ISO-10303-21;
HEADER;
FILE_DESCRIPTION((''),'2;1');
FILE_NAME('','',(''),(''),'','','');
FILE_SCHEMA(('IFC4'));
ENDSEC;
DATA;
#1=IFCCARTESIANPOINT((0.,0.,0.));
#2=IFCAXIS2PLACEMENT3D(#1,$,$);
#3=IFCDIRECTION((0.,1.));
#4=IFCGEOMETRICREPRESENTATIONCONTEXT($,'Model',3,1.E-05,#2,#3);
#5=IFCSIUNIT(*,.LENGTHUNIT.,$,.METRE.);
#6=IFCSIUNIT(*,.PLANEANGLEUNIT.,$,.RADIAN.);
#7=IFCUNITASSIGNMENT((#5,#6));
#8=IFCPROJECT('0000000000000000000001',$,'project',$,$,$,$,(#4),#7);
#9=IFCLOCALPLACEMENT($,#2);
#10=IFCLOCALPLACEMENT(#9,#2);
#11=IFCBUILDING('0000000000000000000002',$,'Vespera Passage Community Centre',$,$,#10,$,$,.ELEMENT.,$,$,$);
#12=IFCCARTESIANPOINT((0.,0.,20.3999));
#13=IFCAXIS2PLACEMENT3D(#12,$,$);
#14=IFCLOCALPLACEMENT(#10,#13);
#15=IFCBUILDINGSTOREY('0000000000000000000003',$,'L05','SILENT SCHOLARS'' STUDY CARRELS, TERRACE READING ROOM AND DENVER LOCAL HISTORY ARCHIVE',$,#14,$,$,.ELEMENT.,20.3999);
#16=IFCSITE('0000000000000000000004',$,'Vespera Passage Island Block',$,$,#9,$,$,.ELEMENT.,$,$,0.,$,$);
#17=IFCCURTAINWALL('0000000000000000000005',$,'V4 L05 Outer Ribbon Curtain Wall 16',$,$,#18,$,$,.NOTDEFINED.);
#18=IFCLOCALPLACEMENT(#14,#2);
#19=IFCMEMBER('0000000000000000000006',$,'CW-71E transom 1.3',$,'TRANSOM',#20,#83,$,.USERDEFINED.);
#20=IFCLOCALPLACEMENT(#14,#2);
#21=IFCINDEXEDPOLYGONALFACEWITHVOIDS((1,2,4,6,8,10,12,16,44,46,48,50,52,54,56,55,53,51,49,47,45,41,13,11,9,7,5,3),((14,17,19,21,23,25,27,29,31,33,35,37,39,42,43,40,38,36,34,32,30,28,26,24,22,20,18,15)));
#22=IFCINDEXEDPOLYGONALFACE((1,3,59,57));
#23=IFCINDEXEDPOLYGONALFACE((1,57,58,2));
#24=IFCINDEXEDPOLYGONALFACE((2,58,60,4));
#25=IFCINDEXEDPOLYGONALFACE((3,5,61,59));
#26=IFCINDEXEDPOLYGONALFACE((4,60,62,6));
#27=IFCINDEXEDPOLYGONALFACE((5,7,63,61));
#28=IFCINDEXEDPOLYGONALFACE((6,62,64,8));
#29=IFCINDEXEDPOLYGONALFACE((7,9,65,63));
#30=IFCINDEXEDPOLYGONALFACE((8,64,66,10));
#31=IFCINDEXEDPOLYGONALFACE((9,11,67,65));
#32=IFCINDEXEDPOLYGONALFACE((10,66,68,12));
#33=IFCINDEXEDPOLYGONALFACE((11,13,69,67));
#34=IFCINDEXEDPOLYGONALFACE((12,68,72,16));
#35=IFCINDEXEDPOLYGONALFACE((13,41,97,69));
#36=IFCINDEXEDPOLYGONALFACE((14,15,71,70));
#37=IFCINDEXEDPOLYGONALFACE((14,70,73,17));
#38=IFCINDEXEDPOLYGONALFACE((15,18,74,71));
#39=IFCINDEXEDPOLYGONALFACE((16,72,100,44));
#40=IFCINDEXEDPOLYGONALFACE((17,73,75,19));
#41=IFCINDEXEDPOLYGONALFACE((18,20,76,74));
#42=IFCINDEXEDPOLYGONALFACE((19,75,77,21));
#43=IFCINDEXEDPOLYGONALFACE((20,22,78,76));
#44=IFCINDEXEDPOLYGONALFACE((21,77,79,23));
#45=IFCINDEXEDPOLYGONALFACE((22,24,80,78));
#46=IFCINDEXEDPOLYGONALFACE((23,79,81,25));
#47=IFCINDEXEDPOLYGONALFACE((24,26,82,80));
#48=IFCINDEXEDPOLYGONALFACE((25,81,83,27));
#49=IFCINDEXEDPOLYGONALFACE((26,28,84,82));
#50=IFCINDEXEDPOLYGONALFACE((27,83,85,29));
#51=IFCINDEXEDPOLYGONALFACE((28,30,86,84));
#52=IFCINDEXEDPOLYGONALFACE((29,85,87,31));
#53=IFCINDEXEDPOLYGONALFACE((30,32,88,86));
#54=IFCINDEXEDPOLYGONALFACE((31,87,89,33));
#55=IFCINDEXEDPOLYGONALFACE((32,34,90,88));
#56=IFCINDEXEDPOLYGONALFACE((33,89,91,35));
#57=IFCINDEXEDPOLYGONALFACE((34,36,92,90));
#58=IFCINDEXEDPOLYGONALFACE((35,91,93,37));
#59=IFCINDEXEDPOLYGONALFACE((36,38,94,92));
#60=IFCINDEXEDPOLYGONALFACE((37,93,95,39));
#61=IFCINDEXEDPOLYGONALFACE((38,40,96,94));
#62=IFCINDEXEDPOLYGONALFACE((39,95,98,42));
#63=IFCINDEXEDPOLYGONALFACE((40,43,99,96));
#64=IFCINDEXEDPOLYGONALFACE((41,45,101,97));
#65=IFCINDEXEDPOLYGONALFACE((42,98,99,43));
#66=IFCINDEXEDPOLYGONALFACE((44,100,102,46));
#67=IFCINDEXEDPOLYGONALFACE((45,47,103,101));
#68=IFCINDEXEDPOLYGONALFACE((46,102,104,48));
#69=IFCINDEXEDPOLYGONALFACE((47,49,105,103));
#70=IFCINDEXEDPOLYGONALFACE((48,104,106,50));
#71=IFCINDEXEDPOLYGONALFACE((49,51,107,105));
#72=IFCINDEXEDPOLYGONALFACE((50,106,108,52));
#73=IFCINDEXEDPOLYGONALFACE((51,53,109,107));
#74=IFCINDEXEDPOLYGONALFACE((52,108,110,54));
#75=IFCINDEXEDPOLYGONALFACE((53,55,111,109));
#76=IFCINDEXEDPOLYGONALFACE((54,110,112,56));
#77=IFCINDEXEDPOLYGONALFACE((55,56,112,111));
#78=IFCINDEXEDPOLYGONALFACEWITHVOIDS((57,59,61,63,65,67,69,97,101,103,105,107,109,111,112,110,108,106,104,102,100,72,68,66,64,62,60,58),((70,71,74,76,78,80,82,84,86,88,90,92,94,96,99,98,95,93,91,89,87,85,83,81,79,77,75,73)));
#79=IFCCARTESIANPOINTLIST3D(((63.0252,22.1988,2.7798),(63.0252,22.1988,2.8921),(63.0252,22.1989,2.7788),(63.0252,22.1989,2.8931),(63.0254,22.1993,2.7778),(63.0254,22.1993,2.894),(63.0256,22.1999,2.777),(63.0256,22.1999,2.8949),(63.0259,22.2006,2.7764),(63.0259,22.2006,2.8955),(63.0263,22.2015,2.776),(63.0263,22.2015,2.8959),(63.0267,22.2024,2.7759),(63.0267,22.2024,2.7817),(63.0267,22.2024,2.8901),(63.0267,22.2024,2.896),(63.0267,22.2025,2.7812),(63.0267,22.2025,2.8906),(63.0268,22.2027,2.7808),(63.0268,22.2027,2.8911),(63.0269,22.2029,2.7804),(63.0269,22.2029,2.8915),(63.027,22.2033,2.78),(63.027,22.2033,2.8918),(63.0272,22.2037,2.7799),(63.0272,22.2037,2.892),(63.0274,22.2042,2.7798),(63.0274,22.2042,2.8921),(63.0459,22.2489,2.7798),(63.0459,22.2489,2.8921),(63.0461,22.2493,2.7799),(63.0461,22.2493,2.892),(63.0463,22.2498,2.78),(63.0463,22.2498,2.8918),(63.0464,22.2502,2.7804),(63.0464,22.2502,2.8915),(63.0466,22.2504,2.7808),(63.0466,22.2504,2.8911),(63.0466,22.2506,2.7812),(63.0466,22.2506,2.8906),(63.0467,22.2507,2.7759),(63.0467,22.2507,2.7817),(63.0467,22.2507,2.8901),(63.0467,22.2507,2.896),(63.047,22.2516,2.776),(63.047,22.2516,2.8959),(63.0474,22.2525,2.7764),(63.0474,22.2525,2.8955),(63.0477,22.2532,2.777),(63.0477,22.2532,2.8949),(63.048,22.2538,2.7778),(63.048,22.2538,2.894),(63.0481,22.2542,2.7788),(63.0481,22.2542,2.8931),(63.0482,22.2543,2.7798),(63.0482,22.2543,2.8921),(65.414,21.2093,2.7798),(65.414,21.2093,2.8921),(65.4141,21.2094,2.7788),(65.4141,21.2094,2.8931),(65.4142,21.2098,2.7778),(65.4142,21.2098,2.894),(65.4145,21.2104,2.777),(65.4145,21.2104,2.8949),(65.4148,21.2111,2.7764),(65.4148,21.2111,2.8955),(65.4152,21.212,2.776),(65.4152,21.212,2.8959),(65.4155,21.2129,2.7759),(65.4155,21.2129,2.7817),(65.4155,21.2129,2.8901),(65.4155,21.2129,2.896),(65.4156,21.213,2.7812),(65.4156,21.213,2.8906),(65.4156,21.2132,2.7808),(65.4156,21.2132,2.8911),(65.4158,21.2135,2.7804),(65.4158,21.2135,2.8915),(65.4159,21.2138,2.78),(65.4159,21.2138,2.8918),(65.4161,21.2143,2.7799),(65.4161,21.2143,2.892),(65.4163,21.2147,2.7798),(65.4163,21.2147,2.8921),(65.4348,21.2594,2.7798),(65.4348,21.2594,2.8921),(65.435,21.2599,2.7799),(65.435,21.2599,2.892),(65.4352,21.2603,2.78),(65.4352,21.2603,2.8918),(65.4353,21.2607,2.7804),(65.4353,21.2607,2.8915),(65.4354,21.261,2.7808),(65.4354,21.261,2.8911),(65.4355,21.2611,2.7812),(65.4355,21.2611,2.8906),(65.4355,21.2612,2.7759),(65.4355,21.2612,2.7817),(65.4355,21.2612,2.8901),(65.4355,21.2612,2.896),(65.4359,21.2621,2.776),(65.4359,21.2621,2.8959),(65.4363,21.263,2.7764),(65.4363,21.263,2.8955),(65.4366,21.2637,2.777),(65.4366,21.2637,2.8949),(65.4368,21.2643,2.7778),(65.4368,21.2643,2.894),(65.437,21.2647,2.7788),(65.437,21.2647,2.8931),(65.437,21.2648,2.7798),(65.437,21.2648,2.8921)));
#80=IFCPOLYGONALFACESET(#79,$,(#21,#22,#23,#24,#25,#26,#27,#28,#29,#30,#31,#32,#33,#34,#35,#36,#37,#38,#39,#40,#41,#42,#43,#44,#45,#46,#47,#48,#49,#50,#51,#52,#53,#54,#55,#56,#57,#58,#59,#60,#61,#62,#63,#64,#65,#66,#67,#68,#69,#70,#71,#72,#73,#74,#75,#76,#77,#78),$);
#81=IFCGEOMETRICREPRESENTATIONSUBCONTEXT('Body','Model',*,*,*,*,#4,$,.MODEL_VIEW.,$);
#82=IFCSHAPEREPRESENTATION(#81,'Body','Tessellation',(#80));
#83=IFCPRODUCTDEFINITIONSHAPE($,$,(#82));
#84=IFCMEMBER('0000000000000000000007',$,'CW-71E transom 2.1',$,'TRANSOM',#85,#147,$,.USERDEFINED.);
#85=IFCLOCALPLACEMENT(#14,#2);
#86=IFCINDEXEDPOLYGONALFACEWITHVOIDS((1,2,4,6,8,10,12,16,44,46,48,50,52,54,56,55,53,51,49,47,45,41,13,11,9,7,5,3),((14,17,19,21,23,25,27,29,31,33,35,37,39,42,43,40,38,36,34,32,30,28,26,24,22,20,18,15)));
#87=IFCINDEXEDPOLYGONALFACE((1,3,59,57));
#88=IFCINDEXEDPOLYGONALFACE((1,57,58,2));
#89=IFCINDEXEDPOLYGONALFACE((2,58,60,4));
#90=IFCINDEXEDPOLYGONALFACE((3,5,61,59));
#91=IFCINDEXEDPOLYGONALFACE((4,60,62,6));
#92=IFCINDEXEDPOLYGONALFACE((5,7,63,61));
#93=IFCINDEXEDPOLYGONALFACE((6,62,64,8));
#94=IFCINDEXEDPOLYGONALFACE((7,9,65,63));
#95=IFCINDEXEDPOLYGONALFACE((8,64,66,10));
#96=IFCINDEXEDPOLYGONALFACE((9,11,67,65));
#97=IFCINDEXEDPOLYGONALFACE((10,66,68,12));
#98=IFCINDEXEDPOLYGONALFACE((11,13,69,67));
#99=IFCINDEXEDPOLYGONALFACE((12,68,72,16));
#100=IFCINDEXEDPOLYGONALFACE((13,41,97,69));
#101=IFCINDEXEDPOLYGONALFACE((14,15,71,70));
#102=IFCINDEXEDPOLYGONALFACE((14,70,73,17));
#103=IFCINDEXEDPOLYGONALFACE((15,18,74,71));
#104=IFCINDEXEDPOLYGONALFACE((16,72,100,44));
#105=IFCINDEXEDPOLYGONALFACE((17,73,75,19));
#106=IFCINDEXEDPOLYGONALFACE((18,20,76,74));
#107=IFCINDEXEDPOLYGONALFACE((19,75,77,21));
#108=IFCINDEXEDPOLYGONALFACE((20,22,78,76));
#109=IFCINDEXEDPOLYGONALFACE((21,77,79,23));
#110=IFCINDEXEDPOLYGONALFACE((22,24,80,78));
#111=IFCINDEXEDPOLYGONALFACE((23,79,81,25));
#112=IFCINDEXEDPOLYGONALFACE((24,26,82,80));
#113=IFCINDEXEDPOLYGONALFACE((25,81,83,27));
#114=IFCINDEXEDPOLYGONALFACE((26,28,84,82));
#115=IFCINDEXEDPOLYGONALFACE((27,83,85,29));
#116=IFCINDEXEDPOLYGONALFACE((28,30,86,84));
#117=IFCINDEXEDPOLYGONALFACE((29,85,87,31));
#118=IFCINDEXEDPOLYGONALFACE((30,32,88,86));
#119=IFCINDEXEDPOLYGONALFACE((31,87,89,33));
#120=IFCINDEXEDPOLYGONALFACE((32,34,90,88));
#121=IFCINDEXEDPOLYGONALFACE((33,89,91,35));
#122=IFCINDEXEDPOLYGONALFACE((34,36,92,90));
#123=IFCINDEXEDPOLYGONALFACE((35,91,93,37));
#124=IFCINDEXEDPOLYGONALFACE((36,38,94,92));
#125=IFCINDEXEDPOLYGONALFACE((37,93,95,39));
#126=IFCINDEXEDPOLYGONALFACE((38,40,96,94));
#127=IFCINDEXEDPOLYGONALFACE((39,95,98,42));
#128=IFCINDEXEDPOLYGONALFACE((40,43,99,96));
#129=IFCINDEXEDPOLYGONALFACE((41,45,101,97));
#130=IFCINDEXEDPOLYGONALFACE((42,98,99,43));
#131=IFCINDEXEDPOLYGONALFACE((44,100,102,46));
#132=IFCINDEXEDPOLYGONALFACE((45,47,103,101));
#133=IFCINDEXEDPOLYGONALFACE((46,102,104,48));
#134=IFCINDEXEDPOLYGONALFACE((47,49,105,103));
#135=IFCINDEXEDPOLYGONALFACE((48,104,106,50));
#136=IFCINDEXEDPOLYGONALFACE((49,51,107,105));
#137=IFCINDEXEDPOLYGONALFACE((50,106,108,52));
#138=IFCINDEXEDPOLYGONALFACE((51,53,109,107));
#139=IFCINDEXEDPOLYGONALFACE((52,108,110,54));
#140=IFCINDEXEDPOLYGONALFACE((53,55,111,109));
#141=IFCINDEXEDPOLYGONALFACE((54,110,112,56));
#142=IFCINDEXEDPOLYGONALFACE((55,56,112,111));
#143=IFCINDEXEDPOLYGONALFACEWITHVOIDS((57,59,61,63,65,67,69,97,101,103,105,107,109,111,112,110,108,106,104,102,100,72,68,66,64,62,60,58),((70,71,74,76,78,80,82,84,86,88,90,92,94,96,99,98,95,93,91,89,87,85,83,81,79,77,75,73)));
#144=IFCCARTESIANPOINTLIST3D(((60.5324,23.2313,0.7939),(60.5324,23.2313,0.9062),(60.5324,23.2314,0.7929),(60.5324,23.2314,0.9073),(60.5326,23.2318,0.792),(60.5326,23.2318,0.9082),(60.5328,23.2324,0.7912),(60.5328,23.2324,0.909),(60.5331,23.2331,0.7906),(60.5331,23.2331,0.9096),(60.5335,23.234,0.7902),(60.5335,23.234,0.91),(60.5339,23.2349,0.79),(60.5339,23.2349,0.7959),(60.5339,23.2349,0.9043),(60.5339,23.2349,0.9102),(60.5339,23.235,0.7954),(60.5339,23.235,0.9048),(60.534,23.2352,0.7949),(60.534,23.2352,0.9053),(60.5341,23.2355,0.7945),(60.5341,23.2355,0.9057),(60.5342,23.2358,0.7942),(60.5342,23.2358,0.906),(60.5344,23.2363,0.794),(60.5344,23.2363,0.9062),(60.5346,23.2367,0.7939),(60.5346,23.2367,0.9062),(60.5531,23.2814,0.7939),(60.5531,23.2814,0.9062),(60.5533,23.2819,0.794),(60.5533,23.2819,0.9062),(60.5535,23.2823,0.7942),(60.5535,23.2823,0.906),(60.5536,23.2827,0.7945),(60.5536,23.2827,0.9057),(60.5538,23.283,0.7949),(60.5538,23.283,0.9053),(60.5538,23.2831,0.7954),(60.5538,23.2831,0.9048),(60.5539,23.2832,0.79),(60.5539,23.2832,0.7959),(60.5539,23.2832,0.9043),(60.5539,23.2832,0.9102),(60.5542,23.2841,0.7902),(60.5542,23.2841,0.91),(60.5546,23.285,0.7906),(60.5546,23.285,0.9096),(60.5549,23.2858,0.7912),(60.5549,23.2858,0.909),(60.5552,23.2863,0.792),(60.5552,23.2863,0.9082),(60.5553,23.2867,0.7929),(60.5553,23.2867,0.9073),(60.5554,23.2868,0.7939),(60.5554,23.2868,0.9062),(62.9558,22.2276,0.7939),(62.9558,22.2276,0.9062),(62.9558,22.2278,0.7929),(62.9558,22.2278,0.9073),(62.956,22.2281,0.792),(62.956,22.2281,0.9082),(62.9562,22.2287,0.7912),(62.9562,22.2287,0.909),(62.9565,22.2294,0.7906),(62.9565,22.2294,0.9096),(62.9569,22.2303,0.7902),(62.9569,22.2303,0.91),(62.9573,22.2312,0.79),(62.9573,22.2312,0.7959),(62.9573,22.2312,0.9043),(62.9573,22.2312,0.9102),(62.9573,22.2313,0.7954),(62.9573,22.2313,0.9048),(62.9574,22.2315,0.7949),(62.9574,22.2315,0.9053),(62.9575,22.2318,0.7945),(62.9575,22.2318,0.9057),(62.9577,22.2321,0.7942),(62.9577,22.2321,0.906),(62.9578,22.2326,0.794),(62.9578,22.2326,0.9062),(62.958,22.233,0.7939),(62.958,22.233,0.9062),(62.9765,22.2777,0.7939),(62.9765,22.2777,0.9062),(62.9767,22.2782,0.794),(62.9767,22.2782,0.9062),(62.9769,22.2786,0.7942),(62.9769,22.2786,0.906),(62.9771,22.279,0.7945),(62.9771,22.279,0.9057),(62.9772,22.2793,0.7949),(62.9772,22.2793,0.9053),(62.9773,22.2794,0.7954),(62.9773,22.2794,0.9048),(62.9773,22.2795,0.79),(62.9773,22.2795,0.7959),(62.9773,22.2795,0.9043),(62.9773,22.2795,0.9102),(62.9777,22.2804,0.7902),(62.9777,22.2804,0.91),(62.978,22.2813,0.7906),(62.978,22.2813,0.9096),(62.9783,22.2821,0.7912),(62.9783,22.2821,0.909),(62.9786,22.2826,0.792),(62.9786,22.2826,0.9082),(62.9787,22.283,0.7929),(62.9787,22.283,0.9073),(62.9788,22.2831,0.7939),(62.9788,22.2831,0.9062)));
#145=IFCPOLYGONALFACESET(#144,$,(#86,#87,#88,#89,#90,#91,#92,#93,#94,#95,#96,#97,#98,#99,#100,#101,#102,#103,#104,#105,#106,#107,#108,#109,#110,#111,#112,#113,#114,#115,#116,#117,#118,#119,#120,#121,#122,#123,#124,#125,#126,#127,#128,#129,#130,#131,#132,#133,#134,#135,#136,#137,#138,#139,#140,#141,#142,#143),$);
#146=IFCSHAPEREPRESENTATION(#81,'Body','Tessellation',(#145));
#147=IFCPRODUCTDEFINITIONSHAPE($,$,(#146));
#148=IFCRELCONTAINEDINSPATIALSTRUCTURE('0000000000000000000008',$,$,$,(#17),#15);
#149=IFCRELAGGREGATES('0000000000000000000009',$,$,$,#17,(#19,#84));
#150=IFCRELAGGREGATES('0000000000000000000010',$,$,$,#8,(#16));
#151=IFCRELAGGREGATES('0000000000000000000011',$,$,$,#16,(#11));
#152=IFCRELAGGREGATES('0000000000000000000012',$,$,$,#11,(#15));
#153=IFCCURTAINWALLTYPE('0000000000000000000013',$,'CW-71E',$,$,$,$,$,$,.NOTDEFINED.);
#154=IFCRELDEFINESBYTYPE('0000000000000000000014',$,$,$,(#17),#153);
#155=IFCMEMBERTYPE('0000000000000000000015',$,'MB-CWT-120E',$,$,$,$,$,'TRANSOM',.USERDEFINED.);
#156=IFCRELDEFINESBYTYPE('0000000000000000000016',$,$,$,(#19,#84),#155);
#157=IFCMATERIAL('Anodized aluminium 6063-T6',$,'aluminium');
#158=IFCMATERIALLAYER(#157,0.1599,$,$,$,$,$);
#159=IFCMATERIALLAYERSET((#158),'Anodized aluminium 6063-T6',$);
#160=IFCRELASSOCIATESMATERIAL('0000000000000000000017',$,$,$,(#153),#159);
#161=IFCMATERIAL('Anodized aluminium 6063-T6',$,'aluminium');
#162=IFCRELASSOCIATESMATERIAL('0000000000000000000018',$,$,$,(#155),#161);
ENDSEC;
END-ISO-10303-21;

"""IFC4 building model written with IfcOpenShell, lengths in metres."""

from ifc_helpers import new_model, si_unit, direction, frame, origin, origin_2d, place, context, subcontext, project, spatial, hollow_rectangle, extrude, material, layer, layer_set, material_profile, profile_set, type_object, element, aggregate, save


model = new_model("IFC4")

# Units and contexts
model_context = context("Model", 3, precision=1e-05, world=origin(), true_north=direction((0.0, 1.0)))
body_context = subcontext(model_context, "Body", "Model", "MODEL_VIEW")
ifc_project = project(units=[si_unit("LENGTHUNIT", "METRE"), si_unit("PLANEANGLEUNIT", "RADIAN")], contexts=[model_context])

# Site, building, storey
site_placement = place(None, origin())
site = spatial("IfcSite", under=ifc_project, at=site_placement, Name="Vespera Passage Island Block", CompositionType="ELEMENT", RefElevation=0.0)
building_placement = place(site_placement, origin())
building = spatial("IfcBuilding", under=site, at=building_placement, Name="Vespera Passage Community Centre", CompositionType="ELEMENT")
storey_placement = place(building_placement, frame((0.0, 0.0, 20.3999)))
storey = spatial("IfcBuildingStorey", under=building, at=storey_placement, Name="L05", Description="SILENT SCHOLARS' STUDY CARRELS, TERRACE READING ROOM AND DENVER LOCAL HISTORY ARCHIVE", CompositionType="ELEMENT", Elevation=20.3999)

# Curtain wall
ifc_material_1 = material(Name="Anodized aluminium 6063-T6", Category="aluminium")
ifc_layer_1 = layer(ifc_material_1, 0.1599)
ifc_layer_set_1 = layer_set([ifc_layer_1], Name="Anodized aluminium 6063-T6")
curtain_wall_type_1 = type_object("IfcCurtainWallType", Name="CW-71E", PredefinedType="NOTDEFINED", material=ifc_layer_set_1)
curtain_wall_1_placement = place(storey_placement, origin())
curtain_wall_1 = element("IfcCurtainWall", 1, at=curtain_wall_1_placement, inside=storey, type_object=curtain_wall_type_1, Name="V4 L05 Outer Ribbon Curtain Wall 16", PredefinedType="NOTDEFINED")

# Members
ifc_material_2 = material(Name="Anodized aluminium 6063-T6", Category="aluminium")
ifc_material_profile_1 = material_profile(ifc_material_2, hollow_rectangle(XDim=0.0601, YDim=0.1201, WallThickness=0.0039, InnerFilletRadius=0.002, OuterFilletRadius=0.0039, at=origin_2d()), Name="ALU120X60X4")
ifc_profile_set_1 = profile_set([ifc_material_profile_1], Name="Anodized aluminium 6063-T6")
member_type_1 = type_object("IfcMemberType", Name="MB-CWT-120E", ElementType="TRANSOM", PredefinedType="USERDEFINED", material=ifc_profile_set_1)
member_1_placement = place(storey_placement, frame((65.4255, 21.2371, 2.8359), z_axis=(-0.923882, 0.382677, 0.0), x_axis=(-0.382677, -0.923882, 0.0)))
member_1 = element("IfcMember", 2, at=member_1_placement, type_object=member_type_1, Name="CW-71E transom 1.3", ObjectType="TRANSOM", PredefinedType="USERDEFINED", context=body_context, shape_type="SweptSolid", body=[
    extrude(hollow_rectangle(XDim=0.0601, YDim=0.1201, WallThickness=0.0039, InnerFilletRadius=0.002, OuterFilletRadius=0.0039, at=origin_2d()), origin(), (0.0, 0.0, 1.0), 2.5857),
])
member_2_placement = place(storey_placement, frame((62.9673, 22.2554, 0.8501), z_axis=(-0.923895, 0.382645, 0.0), x_axis=(-0.382645, -0.923895, 0.0)))
member_2 = element("IfcMember", 3, at=member_2_placement, type_object=member_type_1, Name="CW-71E transom 2.1", ObjectType="TRANSOM", PredefinedType="USERDEFINED", context=body_context, shape_type="SweptSolid", body=[
    extrude(hollow_rectangle(XDim=0.0601, YDim=0.1201, WallThickness=0.0039, InnerFilletRadius=0.002, OuterFilletRadius=0.0039, at=origin_2d()), origin(), (0.0, 0.0, 1.0), 2.623),
])

aggregate(curtain_wall_1, [member_1, member_2])

save(model, "model.ifc")
